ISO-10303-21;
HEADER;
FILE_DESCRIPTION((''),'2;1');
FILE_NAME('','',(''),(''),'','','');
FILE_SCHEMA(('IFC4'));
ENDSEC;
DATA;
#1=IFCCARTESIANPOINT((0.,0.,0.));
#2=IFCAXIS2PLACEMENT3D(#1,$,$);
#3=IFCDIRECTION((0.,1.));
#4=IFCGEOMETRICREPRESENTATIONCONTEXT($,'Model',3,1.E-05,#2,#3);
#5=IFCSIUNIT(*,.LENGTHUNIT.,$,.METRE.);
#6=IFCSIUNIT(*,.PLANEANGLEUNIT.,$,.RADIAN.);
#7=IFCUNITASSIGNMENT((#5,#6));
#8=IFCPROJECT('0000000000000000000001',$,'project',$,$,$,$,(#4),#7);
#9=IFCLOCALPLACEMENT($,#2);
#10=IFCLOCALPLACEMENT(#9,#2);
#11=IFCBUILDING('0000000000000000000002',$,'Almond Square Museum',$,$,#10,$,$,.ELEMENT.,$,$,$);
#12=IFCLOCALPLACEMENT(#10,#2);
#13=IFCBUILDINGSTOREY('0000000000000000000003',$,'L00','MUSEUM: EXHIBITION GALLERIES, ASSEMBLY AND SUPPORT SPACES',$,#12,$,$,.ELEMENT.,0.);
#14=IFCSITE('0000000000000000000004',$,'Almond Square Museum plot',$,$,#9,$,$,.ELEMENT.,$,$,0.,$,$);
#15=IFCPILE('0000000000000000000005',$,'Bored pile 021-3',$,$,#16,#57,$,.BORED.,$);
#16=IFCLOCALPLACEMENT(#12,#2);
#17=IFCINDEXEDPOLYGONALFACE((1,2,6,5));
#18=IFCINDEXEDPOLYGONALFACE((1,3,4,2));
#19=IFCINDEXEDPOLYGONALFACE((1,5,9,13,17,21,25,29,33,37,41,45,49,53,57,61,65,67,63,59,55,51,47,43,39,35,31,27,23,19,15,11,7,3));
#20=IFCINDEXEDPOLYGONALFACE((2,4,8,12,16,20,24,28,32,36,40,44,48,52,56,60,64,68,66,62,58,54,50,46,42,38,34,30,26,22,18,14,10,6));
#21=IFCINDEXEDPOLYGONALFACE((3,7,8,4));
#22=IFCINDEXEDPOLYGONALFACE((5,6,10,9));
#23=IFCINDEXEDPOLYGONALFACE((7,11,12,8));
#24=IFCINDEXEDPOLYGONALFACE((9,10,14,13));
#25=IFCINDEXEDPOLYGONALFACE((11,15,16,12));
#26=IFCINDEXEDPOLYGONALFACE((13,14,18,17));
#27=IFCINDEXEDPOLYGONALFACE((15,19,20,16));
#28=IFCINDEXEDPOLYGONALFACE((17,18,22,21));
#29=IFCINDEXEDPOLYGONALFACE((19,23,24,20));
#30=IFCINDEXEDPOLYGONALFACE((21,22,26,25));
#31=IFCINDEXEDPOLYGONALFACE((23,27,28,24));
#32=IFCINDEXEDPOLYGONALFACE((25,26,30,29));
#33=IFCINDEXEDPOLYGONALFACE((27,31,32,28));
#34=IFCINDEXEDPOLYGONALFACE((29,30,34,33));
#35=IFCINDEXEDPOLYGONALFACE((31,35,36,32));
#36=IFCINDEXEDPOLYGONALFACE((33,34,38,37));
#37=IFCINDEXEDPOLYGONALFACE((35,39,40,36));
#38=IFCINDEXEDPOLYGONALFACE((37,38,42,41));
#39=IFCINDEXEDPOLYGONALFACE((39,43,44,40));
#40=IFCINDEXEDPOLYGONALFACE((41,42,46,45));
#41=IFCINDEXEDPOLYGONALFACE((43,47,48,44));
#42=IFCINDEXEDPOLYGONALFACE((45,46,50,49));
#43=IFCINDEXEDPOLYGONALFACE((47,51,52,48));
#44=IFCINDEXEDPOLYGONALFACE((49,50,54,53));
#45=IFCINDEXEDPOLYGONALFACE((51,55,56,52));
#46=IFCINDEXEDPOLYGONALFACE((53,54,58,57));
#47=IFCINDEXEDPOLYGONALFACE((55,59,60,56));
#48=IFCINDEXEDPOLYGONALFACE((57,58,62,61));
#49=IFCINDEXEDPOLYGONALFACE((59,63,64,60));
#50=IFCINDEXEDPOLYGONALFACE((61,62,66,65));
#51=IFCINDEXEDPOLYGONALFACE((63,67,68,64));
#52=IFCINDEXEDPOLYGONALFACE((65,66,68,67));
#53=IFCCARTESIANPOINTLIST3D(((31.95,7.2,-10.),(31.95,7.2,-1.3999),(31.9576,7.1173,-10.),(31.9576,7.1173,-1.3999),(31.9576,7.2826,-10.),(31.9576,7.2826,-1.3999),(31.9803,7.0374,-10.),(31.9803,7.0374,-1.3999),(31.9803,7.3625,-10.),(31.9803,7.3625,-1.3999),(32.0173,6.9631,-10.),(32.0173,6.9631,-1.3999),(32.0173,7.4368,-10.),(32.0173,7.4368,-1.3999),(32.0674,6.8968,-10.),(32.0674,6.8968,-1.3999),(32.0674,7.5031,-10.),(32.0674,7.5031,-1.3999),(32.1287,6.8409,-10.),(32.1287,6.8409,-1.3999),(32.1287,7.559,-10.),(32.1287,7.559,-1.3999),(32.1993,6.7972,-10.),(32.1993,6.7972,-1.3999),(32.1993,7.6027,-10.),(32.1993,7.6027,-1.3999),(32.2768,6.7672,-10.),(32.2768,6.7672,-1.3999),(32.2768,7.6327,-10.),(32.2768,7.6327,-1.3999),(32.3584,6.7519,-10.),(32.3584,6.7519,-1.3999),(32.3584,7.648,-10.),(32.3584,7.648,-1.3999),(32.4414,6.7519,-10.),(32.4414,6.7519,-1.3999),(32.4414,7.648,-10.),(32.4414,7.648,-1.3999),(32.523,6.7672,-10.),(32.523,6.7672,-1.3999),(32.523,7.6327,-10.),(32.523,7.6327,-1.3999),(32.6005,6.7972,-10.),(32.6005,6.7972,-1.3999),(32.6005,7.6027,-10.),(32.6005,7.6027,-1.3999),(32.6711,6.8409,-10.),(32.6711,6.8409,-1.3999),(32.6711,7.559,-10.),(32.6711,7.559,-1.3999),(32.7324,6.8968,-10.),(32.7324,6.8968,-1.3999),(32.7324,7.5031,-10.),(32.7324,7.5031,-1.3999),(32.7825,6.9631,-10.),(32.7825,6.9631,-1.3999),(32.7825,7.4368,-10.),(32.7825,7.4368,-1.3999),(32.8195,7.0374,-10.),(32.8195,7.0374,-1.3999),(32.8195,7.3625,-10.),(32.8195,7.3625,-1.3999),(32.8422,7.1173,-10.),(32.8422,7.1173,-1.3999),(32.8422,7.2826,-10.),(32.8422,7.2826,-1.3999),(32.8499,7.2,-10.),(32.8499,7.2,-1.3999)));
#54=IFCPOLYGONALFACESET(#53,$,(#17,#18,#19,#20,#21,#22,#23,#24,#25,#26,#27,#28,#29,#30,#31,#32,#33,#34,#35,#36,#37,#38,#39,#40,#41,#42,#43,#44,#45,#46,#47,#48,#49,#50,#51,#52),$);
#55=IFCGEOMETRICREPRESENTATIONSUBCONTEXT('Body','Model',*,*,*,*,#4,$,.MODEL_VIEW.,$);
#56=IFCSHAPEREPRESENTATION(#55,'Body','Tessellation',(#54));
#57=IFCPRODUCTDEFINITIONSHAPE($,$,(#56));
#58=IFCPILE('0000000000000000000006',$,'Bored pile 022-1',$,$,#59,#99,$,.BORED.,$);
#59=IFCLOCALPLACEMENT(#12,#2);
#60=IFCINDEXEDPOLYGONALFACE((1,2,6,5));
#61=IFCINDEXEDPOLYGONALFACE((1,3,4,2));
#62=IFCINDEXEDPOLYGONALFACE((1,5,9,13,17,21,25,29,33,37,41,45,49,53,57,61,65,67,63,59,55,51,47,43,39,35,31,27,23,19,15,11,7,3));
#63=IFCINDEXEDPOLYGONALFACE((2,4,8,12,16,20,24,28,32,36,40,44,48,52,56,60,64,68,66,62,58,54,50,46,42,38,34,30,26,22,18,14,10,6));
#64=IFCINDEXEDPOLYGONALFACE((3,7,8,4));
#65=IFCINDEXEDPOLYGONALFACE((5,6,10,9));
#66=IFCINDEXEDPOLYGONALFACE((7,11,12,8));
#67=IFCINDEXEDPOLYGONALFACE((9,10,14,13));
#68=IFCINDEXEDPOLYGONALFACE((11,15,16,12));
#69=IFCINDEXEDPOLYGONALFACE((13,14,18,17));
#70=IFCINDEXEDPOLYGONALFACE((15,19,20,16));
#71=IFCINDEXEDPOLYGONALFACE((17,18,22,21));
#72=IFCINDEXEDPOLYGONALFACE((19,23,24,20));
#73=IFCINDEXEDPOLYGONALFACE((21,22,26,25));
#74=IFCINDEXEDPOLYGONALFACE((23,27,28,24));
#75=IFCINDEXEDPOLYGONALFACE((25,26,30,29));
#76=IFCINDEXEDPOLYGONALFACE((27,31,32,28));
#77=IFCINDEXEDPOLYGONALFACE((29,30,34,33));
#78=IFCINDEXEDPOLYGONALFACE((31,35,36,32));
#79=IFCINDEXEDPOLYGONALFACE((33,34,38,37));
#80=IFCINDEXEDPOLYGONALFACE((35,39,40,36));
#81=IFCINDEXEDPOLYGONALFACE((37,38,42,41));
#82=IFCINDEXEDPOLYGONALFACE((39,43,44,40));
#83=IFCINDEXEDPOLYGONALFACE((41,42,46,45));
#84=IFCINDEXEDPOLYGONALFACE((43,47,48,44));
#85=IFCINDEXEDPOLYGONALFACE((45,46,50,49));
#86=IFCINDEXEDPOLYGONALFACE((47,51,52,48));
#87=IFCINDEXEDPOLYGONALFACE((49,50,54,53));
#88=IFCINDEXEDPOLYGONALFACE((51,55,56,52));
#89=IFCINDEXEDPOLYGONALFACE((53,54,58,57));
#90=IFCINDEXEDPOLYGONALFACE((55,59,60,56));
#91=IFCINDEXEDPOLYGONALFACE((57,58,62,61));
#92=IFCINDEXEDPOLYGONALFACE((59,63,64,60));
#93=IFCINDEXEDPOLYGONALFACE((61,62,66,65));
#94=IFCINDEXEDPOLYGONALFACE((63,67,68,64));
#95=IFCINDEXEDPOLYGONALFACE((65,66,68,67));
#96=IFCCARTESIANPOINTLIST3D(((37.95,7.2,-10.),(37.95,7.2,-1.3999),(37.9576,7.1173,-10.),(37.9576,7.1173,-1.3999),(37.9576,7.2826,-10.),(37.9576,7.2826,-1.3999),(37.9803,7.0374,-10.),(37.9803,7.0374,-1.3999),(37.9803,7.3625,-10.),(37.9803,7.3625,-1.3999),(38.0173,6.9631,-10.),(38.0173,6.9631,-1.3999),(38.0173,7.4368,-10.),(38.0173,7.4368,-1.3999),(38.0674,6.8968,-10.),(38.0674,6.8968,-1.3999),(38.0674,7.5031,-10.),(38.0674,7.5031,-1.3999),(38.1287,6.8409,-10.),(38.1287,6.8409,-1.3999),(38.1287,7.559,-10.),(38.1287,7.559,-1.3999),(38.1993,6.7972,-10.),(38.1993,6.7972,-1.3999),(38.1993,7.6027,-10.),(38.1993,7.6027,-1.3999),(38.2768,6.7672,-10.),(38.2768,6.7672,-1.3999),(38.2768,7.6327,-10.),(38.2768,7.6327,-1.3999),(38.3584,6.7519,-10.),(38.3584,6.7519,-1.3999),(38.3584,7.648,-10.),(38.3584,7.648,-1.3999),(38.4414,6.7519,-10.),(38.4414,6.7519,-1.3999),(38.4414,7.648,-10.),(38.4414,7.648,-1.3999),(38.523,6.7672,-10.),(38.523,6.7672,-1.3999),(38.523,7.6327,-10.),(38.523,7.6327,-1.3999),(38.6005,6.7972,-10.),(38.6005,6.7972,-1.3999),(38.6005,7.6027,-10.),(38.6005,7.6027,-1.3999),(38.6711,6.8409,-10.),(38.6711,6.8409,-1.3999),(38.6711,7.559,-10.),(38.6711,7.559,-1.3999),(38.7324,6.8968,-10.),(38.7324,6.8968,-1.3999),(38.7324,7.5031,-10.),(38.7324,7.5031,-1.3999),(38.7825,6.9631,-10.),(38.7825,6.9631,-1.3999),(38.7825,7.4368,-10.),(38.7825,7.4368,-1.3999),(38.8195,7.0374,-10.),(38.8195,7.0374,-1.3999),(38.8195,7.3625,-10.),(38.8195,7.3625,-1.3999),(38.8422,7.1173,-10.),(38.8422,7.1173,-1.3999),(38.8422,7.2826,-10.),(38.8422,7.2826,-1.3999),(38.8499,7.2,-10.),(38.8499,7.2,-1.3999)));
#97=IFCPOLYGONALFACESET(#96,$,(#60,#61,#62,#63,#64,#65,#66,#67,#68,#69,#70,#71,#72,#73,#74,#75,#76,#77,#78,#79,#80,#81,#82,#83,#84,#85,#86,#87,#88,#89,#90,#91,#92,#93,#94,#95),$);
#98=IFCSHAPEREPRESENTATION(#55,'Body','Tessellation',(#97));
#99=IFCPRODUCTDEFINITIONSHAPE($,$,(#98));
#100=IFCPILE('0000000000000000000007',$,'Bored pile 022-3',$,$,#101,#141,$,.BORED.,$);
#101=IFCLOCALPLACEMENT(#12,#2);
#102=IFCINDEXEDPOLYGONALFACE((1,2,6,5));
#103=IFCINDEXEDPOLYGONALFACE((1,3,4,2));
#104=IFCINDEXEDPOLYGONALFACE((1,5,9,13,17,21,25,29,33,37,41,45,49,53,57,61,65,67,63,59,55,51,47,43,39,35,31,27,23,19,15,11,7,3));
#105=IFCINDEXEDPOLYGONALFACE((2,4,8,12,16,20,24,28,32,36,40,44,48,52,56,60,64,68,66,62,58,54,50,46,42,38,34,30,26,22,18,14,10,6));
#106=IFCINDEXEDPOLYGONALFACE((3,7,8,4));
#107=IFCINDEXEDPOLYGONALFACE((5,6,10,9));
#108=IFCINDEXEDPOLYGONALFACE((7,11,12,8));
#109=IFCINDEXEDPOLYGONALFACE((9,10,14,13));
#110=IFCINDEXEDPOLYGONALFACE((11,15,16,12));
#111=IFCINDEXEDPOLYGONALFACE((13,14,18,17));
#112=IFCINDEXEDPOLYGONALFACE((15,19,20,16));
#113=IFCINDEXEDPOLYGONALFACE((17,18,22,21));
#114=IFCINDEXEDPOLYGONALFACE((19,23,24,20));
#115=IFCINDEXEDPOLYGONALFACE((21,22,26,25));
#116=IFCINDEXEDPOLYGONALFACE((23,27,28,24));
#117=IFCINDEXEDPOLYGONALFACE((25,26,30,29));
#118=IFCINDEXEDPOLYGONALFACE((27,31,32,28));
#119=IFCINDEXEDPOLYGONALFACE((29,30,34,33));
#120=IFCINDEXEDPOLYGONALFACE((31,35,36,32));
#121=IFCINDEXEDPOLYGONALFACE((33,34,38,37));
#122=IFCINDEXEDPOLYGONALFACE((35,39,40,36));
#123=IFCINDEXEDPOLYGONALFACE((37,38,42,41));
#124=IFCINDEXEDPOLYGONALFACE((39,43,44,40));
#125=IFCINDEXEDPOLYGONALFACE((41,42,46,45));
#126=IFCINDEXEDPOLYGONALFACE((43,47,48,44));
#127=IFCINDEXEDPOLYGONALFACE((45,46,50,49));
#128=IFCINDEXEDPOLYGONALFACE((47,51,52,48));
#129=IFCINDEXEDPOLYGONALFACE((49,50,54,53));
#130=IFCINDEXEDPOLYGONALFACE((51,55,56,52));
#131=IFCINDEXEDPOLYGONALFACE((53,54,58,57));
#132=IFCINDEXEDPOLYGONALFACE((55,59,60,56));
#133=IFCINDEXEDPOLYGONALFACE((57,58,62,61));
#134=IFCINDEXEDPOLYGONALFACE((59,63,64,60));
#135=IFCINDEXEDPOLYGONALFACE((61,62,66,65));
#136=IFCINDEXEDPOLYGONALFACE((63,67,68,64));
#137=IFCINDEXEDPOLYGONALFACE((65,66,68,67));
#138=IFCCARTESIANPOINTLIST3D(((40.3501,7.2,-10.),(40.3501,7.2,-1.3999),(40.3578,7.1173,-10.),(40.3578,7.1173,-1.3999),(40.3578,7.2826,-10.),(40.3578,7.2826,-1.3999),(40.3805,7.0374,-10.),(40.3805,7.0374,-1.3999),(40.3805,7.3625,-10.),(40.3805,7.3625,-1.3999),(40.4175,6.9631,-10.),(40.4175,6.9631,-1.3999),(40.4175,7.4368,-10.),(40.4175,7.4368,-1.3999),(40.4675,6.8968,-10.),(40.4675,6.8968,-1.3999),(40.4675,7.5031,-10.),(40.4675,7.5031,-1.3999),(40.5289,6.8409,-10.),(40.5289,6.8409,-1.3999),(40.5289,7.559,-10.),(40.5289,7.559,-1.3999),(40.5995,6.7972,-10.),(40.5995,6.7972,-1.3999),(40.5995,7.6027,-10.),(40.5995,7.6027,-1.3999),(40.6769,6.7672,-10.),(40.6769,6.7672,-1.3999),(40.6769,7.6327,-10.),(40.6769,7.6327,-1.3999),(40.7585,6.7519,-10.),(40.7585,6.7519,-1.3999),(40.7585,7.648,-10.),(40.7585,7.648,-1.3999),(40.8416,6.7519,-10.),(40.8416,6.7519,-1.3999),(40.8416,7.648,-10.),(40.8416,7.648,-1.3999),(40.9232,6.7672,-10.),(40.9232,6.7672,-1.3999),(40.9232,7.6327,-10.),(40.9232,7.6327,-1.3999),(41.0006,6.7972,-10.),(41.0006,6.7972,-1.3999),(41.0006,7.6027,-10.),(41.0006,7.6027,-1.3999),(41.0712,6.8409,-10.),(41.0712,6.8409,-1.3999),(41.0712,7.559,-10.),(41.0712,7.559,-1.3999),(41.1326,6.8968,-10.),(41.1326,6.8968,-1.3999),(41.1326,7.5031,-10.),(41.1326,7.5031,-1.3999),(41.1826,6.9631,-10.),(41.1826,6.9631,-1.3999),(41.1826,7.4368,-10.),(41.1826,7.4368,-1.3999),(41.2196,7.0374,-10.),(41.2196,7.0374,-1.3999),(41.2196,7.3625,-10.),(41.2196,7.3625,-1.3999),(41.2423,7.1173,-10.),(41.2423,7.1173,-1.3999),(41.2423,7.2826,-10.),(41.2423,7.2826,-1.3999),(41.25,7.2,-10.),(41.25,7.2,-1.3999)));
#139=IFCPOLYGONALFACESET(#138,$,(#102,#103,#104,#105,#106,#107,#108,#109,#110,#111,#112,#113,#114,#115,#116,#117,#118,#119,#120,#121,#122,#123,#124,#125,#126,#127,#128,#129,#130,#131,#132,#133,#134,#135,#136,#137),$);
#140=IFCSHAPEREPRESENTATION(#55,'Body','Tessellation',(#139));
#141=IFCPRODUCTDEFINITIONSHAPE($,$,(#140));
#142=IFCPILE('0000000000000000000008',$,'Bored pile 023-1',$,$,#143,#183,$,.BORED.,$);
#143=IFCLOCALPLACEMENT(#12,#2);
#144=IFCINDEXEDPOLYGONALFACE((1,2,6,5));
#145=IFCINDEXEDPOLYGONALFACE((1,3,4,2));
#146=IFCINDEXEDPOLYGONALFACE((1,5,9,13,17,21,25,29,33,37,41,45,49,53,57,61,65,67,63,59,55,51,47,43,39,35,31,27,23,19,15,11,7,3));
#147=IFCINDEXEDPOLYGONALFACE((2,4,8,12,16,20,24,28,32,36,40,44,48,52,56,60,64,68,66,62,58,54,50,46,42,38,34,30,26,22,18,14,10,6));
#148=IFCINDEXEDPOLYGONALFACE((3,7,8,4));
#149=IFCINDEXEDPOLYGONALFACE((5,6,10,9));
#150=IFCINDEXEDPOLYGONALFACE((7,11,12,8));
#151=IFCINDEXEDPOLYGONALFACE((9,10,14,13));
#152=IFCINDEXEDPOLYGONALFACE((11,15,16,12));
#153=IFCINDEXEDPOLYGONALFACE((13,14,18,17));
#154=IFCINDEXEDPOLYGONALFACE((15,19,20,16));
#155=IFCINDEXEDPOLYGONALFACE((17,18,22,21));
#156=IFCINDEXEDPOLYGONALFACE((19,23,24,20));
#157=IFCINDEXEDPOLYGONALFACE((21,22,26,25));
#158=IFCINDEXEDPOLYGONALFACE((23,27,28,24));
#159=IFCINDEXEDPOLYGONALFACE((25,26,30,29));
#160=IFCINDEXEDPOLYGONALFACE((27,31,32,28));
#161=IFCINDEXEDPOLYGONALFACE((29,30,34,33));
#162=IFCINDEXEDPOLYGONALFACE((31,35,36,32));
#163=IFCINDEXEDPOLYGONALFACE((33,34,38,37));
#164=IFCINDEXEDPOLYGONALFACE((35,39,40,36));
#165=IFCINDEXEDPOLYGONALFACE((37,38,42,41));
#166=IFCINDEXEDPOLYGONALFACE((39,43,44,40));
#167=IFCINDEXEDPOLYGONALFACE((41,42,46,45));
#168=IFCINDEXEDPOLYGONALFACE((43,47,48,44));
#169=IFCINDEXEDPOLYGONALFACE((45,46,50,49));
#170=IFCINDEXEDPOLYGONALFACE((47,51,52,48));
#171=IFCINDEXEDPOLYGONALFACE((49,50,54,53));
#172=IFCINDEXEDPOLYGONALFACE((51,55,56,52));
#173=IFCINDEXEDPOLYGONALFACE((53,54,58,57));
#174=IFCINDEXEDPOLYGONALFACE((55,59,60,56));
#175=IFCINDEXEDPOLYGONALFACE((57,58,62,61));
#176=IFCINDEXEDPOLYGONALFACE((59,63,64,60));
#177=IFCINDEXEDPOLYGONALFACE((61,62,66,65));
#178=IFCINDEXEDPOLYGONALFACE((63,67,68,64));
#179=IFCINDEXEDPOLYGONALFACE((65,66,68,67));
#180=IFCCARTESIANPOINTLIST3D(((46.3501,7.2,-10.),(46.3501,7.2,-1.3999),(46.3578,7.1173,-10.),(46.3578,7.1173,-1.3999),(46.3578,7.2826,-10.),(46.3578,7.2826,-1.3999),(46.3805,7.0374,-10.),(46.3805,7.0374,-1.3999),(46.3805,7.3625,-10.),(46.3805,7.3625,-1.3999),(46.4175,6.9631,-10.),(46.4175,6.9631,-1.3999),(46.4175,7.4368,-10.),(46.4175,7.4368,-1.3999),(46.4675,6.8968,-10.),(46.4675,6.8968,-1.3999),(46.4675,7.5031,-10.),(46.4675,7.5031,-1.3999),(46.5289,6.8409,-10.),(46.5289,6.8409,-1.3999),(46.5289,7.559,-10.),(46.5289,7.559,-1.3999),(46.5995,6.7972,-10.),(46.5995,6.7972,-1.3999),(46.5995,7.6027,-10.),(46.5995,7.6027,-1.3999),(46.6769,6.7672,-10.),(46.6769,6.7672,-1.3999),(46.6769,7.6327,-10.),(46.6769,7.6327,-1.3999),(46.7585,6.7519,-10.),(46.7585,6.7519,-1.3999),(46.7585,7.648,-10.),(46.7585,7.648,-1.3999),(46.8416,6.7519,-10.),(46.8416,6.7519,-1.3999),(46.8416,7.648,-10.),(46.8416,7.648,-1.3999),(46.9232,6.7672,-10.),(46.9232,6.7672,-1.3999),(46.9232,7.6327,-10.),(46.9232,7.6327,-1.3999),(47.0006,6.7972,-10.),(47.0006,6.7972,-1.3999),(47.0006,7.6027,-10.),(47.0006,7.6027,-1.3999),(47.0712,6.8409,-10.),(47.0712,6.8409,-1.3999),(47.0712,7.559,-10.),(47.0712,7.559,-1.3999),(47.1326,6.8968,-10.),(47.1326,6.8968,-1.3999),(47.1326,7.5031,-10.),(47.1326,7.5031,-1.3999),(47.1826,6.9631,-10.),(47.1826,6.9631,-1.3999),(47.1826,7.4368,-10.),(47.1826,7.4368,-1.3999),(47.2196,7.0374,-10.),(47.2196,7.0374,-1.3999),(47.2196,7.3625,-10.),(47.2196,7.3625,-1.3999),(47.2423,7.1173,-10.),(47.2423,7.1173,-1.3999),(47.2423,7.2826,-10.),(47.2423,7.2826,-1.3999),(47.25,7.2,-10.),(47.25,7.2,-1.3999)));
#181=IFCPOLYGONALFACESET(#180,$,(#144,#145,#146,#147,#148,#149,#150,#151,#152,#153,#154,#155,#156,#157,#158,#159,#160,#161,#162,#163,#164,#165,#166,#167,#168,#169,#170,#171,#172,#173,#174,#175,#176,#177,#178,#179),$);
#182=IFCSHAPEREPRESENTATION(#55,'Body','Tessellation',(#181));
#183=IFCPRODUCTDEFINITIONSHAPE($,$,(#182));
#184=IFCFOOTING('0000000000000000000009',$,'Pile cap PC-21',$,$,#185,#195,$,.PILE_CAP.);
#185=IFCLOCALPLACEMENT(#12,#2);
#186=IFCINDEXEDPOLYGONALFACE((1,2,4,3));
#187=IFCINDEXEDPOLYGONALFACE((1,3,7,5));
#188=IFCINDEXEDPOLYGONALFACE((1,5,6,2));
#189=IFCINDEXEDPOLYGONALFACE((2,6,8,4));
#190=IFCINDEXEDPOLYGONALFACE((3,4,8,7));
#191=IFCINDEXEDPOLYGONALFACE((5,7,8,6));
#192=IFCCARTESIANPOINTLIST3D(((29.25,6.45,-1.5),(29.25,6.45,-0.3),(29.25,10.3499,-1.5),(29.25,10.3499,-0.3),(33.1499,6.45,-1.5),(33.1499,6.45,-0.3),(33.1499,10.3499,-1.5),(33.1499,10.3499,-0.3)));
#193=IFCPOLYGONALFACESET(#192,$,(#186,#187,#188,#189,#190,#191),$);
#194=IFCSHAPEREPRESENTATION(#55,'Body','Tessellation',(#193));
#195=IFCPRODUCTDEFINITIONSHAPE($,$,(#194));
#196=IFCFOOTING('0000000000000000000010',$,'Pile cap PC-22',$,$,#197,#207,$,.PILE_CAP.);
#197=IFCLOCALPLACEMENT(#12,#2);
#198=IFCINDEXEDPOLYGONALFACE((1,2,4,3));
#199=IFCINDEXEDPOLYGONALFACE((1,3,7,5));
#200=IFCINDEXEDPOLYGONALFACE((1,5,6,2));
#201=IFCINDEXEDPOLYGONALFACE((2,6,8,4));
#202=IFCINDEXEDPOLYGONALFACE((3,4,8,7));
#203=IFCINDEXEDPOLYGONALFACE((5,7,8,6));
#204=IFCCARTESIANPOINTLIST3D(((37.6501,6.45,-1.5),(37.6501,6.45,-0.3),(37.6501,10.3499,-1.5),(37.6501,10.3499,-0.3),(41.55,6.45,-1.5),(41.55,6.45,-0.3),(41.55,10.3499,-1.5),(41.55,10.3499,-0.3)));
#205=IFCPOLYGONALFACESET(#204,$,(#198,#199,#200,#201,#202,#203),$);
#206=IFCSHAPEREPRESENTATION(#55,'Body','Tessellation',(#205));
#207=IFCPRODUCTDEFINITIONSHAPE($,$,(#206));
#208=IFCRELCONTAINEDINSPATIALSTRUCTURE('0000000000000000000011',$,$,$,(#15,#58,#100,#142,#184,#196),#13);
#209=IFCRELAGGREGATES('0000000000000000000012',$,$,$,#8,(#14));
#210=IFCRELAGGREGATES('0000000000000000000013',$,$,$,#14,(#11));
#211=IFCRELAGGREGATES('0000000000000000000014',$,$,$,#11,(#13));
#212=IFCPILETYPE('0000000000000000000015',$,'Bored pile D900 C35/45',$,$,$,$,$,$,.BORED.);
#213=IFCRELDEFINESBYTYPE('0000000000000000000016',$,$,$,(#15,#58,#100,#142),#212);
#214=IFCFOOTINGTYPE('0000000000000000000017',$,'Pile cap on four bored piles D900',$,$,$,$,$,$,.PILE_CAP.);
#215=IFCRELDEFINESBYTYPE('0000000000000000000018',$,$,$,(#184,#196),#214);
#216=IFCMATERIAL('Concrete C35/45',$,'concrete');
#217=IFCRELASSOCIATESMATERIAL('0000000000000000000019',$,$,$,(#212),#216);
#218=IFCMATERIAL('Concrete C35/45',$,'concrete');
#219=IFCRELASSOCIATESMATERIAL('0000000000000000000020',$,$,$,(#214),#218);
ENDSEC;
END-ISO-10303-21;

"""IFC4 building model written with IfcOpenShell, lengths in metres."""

from ifc_helpers import new_model, si_unit, direction, frame, origin, origin_2d, place, context, subcontext, project, spatial, rectangle, circle, extrude, material, material_profile, profile_set, type_object, element, save


model = new_model("IFC4")

# Units and contexts
model_context = context("Model", 3, precision=1e-05, world=origin(), true_north=direction((0.0, 1.0)))
body_context = subcontext(model_context, "Body", "Model", "MODEL_VIEW")
ifc_project = project(units=[si_unit("LENGTHUNIT", "METRE"), si_unit("PLANEANGLEUNIT", "RADIAN")], contexts=[model_context])

# Site, building, storey
site_placement = place(None, origin())
site = spatial("IfcSite", under=ifc_project, at=site_placement, Name="Almond Square Museum plot", CompositionType="ELEMENT", RefElevation=0.0)
building_placement = place(site_placement, origin())
building = spatial("IfcBuilding", under=site, at=building_placement, Name="Almond Square Museum", CompositionType="ELEMENT")
storey_placement = place(building_placement, origin())
storey = spatial("IfcBuildingStorey", under=building, at=storey_placement, Name="L00", Description="MUSEUM: EXHIBITION GALLERIES, ASSEMBLY AND SUPPORT SPACES", CompositionType="ELEMENT", Elevation=0.0)

# Piles
ifc_material_1 = material(Name="Concrete C35/45", Category="concrete")
ifc_material_profile_1 = material_profile(ifc_material_1, circle(Radius=0.45, at=origin_2d()))
ifc_profile_set_1 = profile_set([ifc_material_profile_1], Name="Concrete C35/45")
pile_type = type_object("IfcPileType", Name="Bored pile D900 C35/45", PredefinedType="BORED", material=ifc_profile_set_1)
for number, where, z_axis, x_axis, name in (
    (1, (32.3999, 7.2, -1.3999), (0.0, 0.0, -1.0), (1.0, 0.0, 0.0), "Bored pile 021-3"),
    (2, (38.3999, 7.2, -1.3999), (0.0, 0.0, -1.0), (1.0, 0.0, 0.0), "Bored pile 022-1"),
    (3, (40.8, 7.2, -1.3999), (0.0, 0.0, -1.0), (1.0, 0.0, 0.0), "Bored pile 022-3"),
    (4, (46.8, 7.2, -1.3999), (0.0, 0.0, -1.0), (1.0, 0.0, 0.0), "Bored pile 023-1"),
):
    element("IfcPile", number, at=place(storey_placement, frame(where, z_axis=z_axis, x_axis=x_axis)), inside=storey, type_object=pile_type, Name=name, PredefinedType="BORED", context=body_context, shape_type="SweptSolid", body=[
        extrude(circle(Radius=0.45, at=origin_2d()), origin(), (0.0, 0.0, 1.0), 8.6001),
    ])

# Footings
ifc_material_2 = material(Name="Concrete C35/45", Category="concrete")
footing_type_1 = type_object("IfcFootingType", Name="Pile cap on four bored piles D900", PredefinedType="PILE_CAP", material=ifc_material_2)
for number, where, z_axis, x_axis, name in (
    (5, (31.2, 8.3999, -1.5), (0.0, 0.0, 1.0), (1.0, 0.0, 0.0), "Pile cap PC-21"),
    (6, (39.6001, 8.3999, -1.5), (0.0, 0.0, 1.0), (1.0, 0.0, 0.0), "Pile cap PC-22"),
):
    element("IfcFooting", number, at=place(storey_placement, frame(where, z_axis=z_axis, x_axis=x_axis)), inside=storey, type_object=footing_type_1, Name=name, PredefinedType="PILE_CAP", context=body_context, shape_type="SweptSolid", body=[
        extrude(rectangle(XDim=3.8999, YDim=3.8999, at=origin_2d()), origin(), (0.0, 0.0, 1.0), 1.2),
    ])

save(model, "model.ifc")
